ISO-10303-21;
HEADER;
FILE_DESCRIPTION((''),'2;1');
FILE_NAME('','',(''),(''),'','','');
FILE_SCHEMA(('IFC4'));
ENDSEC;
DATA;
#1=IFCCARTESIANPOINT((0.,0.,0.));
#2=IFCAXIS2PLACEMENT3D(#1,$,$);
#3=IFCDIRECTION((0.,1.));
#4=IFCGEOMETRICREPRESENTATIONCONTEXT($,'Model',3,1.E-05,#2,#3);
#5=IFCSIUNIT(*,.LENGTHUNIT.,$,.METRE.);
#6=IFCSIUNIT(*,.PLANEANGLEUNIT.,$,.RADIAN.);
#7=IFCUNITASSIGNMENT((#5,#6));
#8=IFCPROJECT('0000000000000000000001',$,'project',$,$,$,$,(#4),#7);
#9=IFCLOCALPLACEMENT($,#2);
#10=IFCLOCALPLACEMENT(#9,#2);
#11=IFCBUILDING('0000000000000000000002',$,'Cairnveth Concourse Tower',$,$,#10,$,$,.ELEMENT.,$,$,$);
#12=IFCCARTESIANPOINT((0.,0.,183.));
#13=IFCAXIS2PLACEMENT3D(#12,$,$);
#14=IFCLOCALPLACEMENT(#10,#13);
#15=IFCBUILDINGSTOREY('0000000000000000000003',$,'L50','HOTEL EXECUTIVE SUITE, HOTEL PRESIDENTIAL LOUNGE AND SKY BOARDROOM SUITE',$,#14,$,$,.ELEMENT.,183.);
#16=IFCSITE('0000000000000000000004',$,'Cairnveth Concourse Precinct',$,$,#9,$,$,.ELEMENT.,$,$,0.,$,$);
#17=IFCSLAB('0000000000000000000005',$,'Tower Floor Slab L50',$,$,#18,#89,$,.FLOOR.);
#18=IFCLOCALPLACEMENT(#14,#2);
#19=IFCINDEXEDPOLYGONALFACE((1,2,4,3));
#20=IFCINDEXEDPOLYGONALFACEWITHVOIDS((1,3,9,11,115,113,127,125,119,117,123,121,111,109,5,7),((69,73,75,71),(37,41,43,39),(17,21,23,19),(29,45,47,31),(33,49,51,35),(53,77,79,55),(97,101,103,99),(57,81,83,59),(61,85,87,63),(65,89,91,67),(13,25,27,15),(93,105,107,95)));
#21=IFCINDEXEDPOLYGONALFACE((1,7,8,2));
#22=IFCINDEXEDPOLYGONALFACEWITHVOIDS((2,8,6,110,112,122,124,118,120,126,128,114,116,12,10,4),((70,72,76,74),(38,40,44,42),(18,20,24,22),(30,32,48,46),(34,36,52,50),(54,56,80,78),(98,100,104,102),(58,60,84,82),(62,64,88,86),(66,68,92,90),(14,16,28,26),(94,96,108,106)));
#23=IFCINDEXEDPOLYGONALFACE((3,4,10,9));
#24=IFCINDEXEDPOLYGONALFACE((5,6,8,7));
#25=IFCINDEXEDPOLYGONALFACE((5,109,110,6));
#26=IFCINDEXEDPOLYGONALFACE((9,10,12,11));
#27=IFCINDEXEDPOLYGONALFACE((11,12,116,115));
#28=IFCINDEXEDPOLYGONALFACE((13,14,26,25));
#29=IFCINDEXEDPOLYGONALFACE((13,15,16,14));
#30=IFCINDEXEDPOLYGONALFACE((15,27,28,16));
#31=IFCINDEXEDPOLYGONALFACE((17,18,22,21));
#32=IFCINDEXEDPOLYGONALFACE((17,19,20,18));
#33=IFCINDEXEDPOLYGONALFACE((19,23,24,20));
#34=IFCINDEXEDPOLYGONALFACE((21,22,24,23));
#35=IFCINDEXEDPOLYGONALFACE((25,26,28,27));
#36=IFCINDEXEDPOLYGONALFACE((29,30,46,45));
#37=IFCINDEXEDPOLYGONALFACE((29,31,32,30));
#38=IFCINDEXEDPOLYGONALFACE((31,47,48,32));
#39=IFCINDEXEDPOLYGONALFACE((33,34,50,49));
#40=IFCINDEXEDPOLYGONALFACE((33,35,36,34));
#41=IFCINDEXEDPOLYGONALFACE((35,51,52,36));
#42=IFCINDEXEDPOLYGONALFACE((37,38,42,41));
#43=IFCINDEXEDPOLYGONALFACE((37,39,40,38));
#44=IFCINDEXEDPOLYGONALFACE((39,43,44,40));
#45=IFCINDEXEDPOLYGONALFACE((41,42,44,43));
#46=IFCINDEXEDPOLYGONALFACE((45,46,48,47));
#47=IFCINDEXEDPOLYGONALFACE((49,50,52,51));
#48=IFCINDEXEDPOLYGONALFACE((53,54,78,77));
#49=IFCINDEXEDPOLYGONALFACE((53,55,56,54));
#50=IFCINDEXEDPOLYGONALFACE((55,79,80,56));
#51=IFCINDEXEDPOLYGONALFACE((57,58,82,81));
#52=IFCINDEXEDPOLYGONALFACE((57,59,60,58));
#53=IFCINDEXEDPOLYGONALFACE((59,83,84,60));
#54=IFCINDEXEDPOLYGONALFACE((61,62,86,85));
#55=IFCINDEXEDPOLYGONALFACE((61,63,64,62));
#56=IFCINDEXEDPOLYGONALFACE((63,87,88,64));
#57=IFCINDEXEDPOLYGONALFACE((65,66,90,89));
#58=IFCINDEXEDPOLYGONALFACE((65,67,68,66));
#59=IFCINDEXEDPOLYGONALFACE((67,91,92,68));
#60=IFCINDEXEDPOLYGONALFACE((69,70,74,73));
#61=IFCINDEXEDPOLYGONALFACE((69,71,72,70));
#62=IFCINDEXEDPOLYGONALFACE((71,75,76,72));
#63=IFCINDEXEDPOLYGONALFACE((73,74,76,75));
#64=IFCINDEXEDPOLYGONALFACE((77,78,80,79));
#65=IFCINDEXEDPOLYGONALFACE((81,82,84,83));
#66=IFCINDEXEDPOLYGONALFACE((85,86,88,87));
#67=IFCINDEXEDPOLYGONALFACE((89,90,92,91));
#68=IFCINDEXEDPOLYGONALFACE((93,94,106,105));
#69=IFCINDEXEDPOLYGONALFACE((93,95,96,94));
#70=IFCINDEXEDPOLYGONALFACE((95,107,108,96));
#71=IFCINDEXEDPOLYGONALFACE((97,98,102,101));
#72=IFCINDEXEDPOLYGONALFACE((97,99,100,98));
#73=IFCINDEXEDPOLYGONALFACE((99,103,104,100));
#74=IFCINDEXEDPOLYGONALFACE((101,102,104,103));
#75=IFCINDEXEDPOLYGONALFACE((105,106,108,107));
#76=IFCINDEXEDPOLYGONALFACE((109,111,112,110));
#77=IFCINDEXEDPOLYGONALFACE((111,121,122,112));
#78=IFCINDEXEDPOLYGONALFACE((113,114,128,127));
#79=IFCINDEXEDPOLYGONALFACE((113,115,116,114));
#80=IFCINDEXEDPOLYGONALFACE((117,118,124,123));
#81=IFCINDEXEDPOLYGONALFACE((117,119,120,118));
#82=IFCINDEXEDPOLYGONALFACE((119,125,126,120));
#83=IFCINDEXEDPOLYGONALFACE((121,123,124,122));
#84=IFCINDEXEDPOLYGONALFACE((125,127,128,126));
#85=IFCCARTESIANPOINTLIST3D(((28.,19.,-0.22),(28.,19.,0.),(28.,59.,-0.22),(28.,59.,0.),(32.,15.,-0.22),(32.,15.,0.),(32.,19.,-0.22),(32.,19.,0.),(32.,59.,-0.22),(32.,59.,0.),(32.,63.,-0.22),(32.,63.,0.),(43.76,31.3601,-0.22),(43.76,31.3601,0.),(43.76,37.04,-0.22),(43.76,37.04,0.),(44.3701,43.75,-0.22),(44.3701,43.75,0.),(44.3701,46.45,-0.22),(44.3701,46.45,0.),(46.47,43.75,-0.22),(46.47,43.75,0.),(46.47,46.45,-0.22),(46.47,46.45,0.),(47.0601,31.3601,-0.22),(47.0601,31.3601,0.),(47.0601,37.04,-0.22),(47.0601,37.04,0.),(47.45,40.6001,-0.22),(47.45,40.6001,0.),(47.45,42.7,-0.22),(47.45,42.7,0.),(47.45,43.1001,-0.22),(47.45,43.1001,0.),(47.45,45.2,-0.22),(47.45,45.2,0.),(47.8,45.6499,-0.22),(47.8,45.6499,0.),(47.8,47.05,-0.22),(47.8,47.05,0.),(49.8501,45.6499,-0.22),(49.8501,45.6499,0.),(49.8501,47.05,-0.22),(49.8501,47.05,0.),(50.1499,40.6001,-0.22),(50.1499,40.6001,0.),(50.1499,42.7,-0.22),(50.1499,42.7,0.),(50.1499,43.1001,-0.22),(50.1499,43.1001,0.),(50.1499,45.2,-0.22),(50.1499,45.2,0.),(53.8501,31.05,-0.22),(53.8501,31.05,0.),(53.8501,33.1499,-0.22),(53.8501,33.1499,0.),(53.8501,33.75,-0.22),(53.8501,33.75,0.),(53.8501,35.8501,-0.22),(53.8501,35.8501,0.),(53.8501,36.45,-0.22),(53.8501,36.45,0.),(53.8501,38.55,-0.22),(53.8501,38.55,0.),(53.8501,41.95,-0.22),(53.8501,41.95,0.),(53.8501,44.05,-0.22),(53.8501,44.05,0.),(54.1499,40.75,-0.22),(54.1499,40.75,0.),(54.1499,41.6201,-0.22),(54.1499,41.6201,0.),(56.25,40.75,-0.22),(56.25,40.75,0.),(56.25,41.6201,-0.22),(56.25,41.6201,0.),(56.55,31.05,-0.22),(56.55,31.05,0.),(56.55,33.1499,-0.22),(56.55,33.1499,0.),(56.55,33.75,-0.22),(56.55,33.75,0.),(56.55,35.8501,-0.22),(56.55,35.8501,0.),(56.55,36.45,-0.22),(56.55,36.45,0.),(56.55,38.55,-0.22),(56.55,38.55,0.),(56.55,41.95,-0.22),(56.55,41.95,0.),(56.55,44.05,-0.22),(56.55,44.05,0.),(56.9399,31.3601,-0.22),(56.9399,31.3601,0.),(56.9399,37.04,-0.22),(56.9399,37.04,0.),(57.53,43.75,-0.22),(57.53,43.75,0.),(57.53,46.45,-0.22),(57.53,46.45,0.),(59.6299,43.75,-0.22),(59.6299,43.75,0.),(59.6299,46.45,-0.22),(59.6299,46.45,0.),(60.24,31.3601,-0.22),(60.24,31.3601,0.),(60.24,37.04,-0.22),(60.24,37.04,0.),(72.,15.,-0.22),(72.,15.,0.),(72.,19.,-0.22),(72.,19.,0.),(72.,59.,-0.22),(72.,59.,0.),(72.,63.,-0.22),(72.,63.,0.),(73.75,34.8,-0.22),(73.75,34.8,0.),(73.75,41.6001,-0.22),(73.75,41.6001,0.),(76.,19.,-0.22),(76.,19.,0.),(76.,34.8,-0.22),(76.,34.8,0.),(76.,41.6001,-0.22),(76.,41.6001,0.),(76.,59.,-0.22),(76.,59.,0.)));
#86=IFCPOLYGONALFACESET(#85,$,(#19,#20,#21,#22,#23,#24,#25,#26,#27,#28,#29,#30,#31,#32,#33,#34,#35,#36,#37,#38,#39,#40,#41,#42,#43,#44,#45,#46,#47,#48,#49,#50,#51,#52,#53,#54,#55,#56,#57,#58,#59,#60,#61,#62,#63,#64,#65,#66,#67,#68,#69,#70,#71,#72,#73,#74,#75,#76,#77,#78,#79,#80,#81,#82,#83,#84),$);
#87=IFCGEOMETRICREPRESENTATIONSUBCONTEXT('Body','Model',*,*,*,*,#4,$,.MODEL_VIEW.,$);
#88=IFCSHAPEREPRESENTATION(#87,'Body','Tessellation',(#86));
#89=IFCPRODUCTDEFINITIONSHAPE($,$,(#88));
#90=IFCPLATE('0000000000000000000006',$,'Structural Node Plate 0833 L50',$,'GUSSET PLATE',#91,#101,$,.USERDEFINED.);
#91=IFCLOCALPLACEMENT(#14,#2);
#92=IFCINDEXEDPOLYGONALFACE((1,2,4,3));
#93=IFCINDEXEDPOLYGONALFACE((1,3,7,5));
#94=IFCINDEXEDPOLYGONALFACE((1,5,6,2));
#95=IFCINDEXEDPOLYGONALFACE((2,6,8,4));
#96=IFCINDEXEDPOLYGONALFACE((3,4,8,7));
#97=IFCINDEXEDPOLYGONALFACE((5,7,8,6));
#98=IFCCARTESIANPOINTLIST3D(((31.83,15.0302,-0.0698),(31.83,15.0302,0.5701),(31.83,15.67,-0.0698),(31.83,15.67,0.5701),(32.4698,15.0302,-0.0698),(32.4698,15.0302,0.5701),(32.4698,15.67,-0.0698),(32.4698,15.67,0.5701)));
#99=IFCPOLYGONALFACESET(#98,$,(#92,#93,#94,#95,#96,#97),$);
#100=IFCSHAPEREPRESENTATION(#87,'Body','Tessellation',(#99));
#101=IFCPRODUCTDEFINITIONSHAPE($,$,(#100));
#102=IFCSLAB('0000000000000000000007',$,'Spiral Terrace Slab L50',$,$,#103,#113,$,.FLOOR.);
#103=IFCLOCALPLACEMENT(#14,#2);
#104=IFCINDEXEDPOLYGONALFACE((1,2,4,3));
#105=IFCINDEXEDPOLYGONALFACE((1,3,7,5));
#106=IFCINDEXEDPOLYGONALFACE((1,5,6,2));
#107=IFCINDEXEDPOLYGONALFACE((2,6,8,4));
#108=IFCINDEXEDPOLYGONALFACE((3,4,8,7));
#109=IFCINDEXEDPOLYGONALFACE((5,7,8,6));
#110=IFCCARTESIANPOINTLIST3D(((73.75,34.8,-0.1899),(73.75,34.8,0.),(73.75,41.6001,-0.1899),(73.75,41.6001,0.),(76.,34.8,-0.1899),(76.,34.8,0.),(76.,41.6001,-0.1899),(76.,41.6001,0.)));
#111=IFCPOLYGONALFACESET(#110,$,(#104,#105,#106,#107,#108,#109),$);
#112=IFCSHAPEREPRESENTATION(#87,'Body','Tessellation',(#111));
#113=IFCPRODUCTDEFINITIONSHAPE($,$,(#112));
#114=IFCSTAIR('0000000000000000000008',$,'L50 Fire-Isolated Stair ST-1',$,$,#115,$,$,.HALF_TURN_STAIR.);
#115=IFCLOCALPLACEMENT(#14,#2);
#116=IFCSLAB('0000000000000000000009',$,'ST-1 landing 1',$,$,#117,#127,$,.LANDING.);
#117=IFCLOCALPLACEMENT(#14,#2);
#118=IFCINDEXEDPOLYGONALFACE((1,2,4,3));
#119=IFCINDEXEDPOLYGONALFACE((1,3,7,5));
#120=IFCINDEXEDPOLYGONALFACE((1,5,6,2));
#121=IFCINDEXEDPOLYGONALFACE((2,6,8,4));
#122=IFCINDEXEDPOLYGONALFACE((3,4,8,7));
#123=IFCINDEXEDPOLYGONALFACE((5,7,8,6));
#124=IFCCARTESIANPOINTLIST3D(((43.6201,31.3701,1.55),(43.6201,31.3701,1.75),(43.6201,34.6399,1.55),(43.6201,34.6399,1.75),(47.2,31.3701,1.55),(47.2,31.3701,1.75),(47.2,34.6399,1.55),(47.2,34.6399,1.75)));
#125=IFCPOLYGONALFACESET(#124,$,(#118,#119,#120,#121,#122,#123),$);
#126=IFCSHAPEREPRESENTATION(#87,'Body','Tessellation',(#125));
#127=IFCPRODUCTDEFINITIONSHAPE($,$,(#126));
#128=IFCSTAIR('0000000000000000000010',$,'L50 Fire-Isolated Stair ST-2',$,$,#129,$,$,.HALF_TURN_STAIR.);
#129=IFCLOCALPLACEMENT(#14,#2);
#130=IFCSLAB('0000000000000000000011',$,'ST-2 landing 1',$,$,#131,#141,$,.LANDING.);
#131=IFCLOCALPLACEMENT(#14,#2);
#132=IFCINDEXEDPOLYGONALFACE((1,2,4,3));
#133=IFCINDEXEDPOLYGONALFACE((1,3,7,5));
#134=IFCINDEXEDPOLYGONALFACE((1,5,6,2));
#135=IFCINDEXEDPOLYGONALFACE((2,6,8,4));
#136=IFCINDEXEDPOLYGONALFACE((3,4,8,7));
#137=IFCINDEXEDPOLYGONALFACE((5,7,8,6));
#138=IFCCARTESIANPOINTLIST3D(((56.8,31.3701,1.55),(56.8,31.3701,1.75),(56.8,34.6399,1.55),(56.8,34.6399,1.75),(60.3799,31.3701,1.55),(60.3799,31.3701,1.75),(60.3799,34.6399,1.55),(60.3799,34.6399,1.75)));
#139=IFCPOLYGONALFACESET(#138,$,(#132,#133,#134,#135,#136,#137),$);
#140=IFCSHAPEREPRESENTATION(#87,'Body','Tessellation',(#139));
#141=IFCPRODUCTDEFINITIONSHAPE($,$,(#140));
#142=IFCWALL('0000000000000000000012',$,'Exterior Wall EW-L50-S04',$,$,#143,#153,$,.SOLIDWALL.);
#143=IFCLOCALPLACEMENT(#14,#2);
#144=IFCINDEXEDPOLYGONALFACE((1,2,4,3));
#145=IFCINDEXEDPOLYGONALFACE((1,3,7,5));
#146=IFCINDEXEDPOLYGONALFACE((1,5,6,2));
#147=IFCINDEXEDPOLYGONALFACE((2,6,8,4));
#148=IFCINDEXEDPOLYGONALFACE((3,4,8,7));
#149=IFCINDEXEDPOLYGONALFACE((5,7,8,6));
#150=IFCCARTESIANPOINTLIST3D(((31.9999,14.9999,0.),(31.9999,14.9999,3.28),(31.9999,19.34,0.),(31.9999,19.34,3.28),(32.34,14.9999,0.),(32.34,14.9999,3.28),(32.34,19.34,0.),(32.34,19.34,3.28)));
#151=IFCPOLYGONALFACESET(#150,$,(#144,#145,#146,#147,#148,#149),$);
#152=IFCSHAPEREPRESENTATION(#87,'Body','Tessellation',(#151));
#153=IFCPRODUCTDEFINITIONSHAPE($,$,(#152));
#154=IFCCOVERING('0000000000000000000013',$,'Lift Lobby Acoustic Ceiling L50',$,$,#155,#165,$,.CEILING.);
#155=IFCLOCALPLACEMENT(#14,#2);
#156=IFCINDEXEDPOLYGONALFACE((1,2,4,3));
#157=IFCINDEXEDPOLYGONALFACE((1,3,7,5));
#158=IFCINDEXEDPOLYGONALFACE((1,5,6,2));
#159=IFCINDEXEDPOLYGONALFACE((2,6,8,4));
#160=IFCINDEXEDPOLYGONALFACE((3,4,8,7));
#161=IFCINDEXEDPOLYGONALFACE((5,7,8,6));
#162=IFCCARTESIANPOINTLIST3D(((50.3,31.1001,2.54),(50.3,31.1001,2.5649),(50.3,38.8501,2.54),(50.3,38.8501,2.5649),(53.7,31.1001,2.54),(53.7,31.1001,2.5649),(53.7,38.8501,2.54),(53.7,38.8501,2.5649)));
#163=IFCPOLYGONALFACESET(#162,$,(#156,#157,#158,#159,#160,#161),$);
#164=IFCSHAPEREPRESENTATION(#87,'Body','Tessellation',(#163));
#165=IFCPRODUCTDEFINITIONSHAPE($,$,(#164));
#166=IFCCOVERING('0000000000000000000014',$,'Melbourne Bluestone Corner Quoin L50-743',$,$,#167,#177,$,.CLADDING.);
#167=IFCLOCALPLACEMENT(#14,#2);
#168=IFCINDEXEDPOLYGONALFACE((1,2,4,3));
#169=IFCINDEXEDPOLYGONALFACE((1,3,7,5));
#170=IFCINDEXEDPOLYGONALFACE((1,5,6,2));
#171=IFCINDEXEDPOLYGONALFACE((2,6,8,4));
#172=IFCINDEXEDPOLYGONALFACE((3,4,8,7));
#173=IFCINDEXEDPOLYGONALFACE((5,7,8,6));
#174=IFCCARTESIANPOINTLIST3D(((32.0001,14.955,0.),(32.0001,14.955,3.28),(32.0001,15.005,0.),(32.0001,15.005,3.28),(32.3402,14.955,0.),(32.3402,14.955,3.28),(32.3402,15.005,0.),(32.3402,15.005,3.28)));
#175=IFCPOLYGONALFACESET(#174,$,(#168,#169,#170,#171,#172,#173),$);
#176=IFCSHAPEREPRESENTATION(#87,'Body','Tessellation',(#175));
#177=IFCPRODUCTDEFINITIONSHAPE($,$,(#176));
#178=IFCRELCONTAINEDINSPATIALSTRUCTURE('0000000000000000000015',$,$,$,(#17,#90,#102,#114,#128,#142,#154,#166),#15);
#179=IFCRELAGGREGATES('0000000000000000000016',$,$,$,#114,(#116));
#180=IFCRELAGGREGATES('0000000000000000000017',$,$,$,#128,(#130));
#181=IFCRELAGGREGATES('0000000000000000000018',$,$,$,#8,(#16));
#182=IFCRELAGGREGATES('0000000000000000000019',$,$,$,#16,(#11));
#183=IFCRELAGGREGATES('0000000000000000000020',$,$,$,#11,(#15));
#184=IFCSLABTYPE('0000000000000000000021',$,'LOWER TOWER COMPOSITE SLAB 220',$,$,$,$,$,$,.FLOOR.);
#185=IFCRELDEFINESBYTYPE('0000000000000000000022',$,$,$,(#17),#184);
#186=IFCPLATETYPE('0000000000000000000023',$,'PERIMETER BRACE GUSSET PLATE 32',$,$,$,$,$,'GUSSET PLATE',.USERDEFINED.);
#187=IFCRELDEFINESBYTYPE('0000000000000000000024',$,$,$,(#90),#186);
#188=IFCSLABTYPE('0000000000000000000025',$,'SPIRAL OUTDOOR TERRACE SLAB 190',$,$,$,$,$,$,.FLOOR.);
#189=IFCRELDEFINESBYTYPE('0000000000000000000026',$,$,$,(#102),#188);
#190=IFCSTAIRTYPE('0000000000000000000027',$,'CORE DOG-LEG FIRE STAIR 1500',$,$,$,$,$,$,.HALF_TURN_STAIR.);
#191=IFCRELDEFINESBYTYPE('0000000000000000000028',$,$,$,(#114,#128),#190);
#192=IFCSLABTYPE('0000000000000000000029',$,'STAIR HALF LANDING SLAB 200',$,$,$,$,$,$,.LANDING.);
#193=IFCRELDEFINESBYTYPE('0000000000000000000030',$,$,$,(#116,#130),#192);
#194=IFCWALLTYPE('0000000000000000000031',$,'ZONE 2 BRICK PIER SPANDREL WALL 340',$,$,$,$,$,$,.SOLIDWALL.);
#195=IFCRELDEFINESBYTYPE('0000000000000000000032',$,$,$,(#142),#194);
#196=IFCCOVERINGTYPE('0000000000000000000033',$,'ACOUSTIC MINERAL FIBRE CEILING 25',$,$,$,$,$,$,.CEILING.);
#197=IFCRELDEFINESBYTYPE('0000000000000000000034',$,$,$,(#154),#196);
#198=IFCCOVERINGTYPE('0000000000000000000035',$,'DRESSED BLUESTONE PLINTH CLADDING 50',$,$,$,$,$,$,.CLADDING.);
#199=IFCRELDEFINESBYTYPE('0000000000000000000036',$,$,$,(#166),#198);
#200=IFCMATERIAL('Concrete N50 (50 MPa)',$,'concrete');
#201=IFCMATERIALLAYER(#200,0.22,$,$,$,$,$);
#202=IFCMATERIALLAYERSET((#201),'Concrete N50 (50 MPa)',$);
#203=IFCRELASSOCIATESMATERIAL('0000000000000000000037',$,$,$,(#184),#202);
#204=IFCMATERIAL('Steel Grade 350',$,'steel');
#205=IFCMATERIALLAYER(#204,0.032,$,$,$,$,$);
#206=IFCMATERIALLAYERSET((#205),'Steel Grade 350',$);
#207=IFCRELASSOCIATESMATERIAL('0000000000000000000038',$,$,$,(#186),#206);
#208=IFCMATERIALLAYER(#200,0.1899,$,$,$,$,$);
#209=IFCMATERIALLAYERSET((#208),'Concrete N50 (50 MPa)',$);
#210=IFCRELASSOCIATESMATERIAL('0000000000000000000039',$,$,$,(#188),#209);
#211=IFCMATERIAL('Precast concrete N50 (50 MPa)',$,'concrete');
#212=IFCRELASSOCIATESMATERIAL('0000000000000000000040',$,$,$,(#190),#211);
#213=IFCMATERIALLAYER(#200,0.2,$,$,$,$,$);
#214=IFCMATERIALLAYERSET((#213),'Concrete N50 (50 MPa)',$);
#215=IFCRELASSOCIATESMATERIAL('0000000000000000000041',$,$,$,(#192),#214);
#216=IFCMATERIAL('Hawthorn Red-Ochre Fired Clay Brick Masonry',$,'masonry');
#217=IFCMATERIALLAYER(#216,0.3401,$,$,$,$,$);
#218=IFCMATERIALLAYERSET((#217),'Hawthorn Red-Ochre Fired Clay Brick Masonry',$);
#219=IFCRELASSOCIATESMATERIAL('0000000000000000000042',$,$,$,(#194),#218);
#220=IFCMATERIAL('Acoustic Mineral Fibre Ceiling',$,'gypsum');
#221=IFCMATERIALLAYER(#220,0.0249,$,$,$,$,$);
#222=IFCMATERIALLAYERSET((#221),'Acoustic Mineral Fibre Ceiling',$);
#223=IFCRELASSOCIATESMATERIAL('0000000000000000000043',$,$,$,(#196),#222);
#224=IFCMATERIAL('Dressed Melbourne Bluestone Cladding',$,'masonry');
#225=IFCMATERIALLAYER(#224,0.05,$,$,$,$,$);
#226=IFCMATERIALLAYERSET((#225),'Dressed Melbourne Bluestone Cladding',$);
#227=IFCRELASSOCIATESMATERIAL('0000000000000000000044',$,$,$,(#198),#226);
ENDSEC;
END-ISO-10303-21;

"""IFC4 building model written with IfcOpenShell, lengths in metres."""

from ifc_helpers import new_model, si_unit, direction, frame, frame_2d, origin, origin_2d, place, context, subcontext, project, spatial, polyline, rectangle, outline, extrude, material, layer, layer_set, type_object, element, aggregate, save


model = new_model("IFC4")

# Units and contexts
model_context = context("Model", 3, precision=1e-05, world=origin(), true_north=direction((0.0, 1.0)))
body_context = subcontext(model_context, "Body", "Model", "MODEL_VIEW")
ifc_project = project(units=[si_unit("LENGTHUNIT", "METRE"), si_unit("PLANEANGLEUNIT", "RADIAN")], contexts=[model_context])

# Site, building, storey
site_placement = place(None, origin())
site = spatial("IfcSite", under=ifc_project, at=site_placement, Name="Cairnveth Concourse Precinct", CompositionType="ELEMENT", RefElevation=0.0)
building_placement = place(site_placement, origin())
building = spatial("IfcBuilding", under=site, at=building_placement, Name="Cairnveth Concourse Tower", CompositionType="ELEMENT")
storey_placement = place(building_placement, frame((0.0, 0.0, 183.0)))
storey = spatial("IfcBuildingStorey", under=building, at=storey_placement, Name="L50", Description="HOTEL EXECUTIVE SUITE, HOTEL PRESIDENTIAL LOUNGE AND SKY BOARDROOM SUITE", CompositionType="ELEMENT", Elevation=183.0)

# Shared definitions
ifc_material_1 = material(Name="Steel Grade 350", Category="steel")

# Slab
ifc_material_2 = material(Name="Concrete N50 (50 MPa)", Category="concrete")
ifc_layer_1 = layer(ifc_material_2, 0.22)
ifc_layer_set_1 = layer_set([ifc_layer_1], Name="Concrete N50 (50 MPa)")
slab_type_1 = type_object("IfcSlabType", Name="LOWER TOWER COMPOSITE SLAB 220", PredefinedType="FLOOR", material=ifc_layer_set_1)
slab_1_placement = place(storey_placement, frame((0.0, 0.0, -0.22)))
element("IfcSlab", 1, at=slab_1_placement, inside=storey, type_object=slab_type_1, Name="Tower Floor Slab L50", PredefinedType="FLOOR", context=body_context, shape_type="SweptSolid", body=[
    extrude(outline(polyline([(76.0, 34.8), (73.75, 34.8), (73.75, 41.6001), (76.0, 41.6001), (76.0, 59.0), (72.0, 59.0), (72.0, 63.0), (32.0, 63.0), (32.0, 59.0), (28.0, 59.0), (28.0, 19.0), (32.0, 19.0), (32.0, 15.0), (72.0, 15.0), (72.0, 19.0), (76.0, 19.0), (76.0, 34.8)]), holes=[polyline([(43.76, 31.3601), (47.0601, 31.3601), (47.0601, 37.04), (43.76, 37.04), (43.76, 31.3601)]), polyline([(56.9399, 31.3601), (60.24, 31.3601), (60.24, 37.04), (56.9399, 37.04), (56.9399, 31.3601)]), polyline([(44.3701, 43.75), (46.47, 43.75), (46.47, 46.45), (44.3701, 46.45), (44.3701, 43.75)]), polyline([(57.53, 43.75), (59.6299, 43.75), (59.6299, 46.45), (57.53, 46.45), (57.53, 43.75)]), polyline([(53.8501, 31.05), (56.55, 31.05), (56.55, 33.1499), (53.8501, 33.1499), (53.8501, 31.05)]), polyline([(53.8501, 33.75), (56.55, 33.75), (56.55, 35.8501), (53.8501, 35.8501), (53.8501, 33.75)]), polyline([(53.8501, 36.45), (56.55, 36.45), (56.55, 38.55), (53.8501, 38.55), (53.8501, 36.45)]), polyline([(47.45, 40.6001), (50.1499, 40.6001), (50.1499, 42.7), (47.45, 42.7), (47.45, 40.6001)]), polyline([(47.45, 43.1001), (50.1499, 43.1001), (50.1499, 45.2), (47.45, 45.2), (47.45, 43.1001)]), polyline([(53.8501, 41.95), (56.55, 41.95), (56.55, 44.05), (53.8501, 44.05), (53.8501, 41.95)]), polyline([(47.8, 45.6499), (49.8501, 45.6499), (49.8501, 47.05), (47.8, 47.05), (47.8, 45.6499)]), polyline([(54.1499, 40.75), (56.25, 40.75), (56.25, 41.6201), (54.1499, 41.6201), (54.1499, 40.75)])]), origin(), (0.0, 0.0, 1.0), 0.22),
])

# Plate
ifc_layer_2 = layer(ifc_material_1, 0.032)
ifc_layer_set_2 = layer_set([ifc_layer_2], Name="Steel Grade 350")
plate_type = type_object("IfcPlateType", Name="PERIMETER BRACE GUSSET PLATE 32", ElementType="GUSSET PLATE", PredefinedType="USERDEFINED", material=ifc_layer_set_2)
plate_placement = place(storey_placement, frame((32.1499, 15.3501, -0.0698), z_axis=(0.0, 0.0, 1.0), x_axis=(1.0, 0.0, 0.0)))
element("IfcPlate", 2, at=plate_placement, inside=storey, type_object=plate_type, Name="Structural Node Plate 0833 L50", ObjectType="GUSSET PLATE", PredefinedType="USERDEFINED", context=body_context, shape_type="SweptSolid", body=[
    extrude(rectangle(XDim=0.6399, YDim=0.6399, at=origin_2d()), origin(), (0.0, 0.0, 1.0), 0.6399),
])

# Slab
ifc_layer_3 = layer(ifc_material_2, 0.1899)
ifc_layer_set_3 = layer_set([ifc_layer_3], Name="Concrete N50 (50 MPa)")
slab_type_2 = type_object("IfcSlabType", Name="SPIRAL OUTDOOR TERRACE SLAB 190", PredefinedType="FLOOR", material=ifc_layer_set_3)
slab_2_placement = place(storey_placement, frame((0.0, 0.0, -0.1899)))
element("IfcSlab", 3, at=slab_2_placement, inside=storey, type_object=slab_type_2, Name="Spiral Terrace Slab L50", PredefinedType="FLOOR", context=body_context, shape_type="SweptSolid", body=[
    extrude(outline(polyline([(73.75, 34.8), (76.0, 34.8), (76.0, 41.6001), (73.75, 41.6001), (73.75, 34.8)])), origin(), (0.0, 0.0, 1.0), 0.1899),
])

# Stairs, slabs
ifc_material_3 = material(Name="Precast concrete N50 (50 MPa)", Category="concrete")
stair_type = type_object("IfcStairType", Name="CORE DOG-LEG FIRE STAIR 1500", PredefinedType="HALF_TURN_STAIR", material=ifc_material_3)
stair_1_placement = place(storey_placement, origin())
stair_1 = element("IfcStair", 4, at=stair_1_placement, inside=storey, type_object=stair_type, Name="L50 Fire-Isolated Stair ST-1", PredefinedType="HALF_TURN_STAIR")
ifc_layer_4 = layer(ifc_material_2, 0.2)
ifc_layer_set_4 = layer_set([ifc_layer_4], Name="Concrete N50 (50 MPa)")
slab_type_3 = type_object("IfcSlabType", Name="STAIR HALF LANDING SLAB 200", PredefinedType="LANDING", material=ifc_layer_set_4)
slab_3_placement = place(storey_placement, frame((0.0, 0.0, 1.55)))
slab_3 = element("IfcSlab", 5, at=slab_3_placement, type_object=slab_type_3, Name="ST-1 landing 1", PredefinedType="LANDING", context=body_context, shape_type="SweptSolid", body=[
    extrude(outline(polyline([(43.6201, 34.6399), (43.6201, 31.3701), (47.2, 31.3701), (47.2, 34.6399), (43.6201, 34.6399)])), origin(), (0.0, 0.0, 1.0), 0.2),
])
aggregate(stair_1, [slab_3])
stair_2_placement = place(storey_placement, origin())
stair_2 = element("IfcStair", 6, at=stair_2_placement, inside=storey, type_object=stair_type, Name="L50 Fire-Isolated Stair ST-2", PredefinedType="HALF_TURN_STAIR")
slab_4_placement = place(storey_placement, frame((0.0, 0.0, 1.55)))
slab_4 = element("IfcSlab", 7, at=slab_4_placement, type_object=slab_type_3, Name="ST-2 landing 1", PredefinedType="LANDING", context=body_context, shape_type="SweptSolid", body=[
    extrude(outline(polyline([(56.8, 34.6399), (56.8, 31.3701), (60.3799, 31.3701), (60.3799, 34.6399), (56.8, 34.6399)])), origin(), (0.0, 0.0, 1.0), 0.2),
])
aggregate(stair_2, [slab_4])

# Wall
ifc_material_4 = material(Name="Hawthorn Red-Ochre Fired Clay Brick Masonry", Category="masonry")
ifc_layer_5 = layer(ifc_material_4, 0.3401)
ifc_layer_set_5 = layer_set([ifc_layer_5], Name="Hawthorn Red-Ochre Fired Clay Brick Masonry")
wall_type = type_object("IfcWallType", Name="ZONE 2 BRICK PIER SPANDREL WALL 340", PredefinedType="SOLIDWALL", material=ifc_layer_set_5)
wall_placement = place(storey_placement, frame((32.1699, 15.0, 0.0), z_axis=(0.0, 0.0, 1.0), x_axis=(0.0, 1.0, 0.0)))
element("IfcWall", 8, at=wall_placement, inside=storey, type_object=wall_type, Name="Exterior Wall EW-L50-S04", PredefinedType="SOLIDWALL", context=body_context, shape_type="SweptSolid", body=[
    extrude(rectangle(XDim=4.3401, YDim=0.3401, at=frame_2d((2.1699, 0.0))), origin(), (0.0, 0.0, 1.0), 3.28),
])

# Coverings
ifc_material_5 = material(Name="Acoustic Mineral Fibre Ceiling", Category="gypsum")
ifc_layer_6 = layer(ifc_material_5, 0.0249)
ifc_layer_set_6 = layer_set([ifc_layer_6], Name="Acoustic Mineral Fibre Ceiling")
covering_type_1 = type_object("IfcCoveringType", Name="ACOUSTIC MINERAL FIBRE CEILING 25", PredefinedType="CEILING", material=ifc_layer_set_6)
covering_1_placement = place(storey_placement, frame((0.0, 0.0, 2.54)))
element("IfcCovering", 9, at=covering_1_placement, inside=storey, type_object=covering_type_1, Name="Lift Lobby Acoustic Ceiling L50", PredefinedType="CEILING", context=body_context, shape_type="SweptSolid", body=[
    extrude(outline(polyline([(50.3, 31.1001), (53.7, 31.1001), (53.7, 38.8501), (50.3, 38.8501), (50.3, 31.1001)])), origin(), (0.0, 0.0, 1.0), 0.0249),
])
ifc_material_6 = material(Name="Dressed Melbourne Bluestone Cladding", Category="masonry")
ifc_layer_7 = layer(ifc_material_6, 0.05)
ifc_layer_set_7 = layer_set([ifc_layer_7], Name="Dressed Melbourne Bluestone Cladding")
covering_type_2 = type_object("IfcCoveringType", Name="DRESSED BLUESTONE PLINTH CLADDING 50", PredefinedType="CLADDING", material=ifc_layer_set_7)
for number, where, z_axis, x_axis, name in (
    (10, (32.3401, 14.98, 0.0), (0.0, 0.0, 1.0), (-1.0, 0.0, 0.0), "Melbourne Bluestone Corner Quoin L50-743"),
):
    element("IfcCovering", number, at=place(storey_placement, frame(where, z_axis=z_axis, x_axis=x_axis)), inside=storey, type_object=covering_type_2, Name=name, PredefinedType="CLADDING", context=body_context, shape_type="SweptSolid", body=[
        extrude(rectangle(XDim=0.3401, YDim=0.05, at=frame_2d((0.1699, 0.0))), origin(), (0.0, 0.0, 1.0), 3.28),
    ])

save(model, "model.ifc")
